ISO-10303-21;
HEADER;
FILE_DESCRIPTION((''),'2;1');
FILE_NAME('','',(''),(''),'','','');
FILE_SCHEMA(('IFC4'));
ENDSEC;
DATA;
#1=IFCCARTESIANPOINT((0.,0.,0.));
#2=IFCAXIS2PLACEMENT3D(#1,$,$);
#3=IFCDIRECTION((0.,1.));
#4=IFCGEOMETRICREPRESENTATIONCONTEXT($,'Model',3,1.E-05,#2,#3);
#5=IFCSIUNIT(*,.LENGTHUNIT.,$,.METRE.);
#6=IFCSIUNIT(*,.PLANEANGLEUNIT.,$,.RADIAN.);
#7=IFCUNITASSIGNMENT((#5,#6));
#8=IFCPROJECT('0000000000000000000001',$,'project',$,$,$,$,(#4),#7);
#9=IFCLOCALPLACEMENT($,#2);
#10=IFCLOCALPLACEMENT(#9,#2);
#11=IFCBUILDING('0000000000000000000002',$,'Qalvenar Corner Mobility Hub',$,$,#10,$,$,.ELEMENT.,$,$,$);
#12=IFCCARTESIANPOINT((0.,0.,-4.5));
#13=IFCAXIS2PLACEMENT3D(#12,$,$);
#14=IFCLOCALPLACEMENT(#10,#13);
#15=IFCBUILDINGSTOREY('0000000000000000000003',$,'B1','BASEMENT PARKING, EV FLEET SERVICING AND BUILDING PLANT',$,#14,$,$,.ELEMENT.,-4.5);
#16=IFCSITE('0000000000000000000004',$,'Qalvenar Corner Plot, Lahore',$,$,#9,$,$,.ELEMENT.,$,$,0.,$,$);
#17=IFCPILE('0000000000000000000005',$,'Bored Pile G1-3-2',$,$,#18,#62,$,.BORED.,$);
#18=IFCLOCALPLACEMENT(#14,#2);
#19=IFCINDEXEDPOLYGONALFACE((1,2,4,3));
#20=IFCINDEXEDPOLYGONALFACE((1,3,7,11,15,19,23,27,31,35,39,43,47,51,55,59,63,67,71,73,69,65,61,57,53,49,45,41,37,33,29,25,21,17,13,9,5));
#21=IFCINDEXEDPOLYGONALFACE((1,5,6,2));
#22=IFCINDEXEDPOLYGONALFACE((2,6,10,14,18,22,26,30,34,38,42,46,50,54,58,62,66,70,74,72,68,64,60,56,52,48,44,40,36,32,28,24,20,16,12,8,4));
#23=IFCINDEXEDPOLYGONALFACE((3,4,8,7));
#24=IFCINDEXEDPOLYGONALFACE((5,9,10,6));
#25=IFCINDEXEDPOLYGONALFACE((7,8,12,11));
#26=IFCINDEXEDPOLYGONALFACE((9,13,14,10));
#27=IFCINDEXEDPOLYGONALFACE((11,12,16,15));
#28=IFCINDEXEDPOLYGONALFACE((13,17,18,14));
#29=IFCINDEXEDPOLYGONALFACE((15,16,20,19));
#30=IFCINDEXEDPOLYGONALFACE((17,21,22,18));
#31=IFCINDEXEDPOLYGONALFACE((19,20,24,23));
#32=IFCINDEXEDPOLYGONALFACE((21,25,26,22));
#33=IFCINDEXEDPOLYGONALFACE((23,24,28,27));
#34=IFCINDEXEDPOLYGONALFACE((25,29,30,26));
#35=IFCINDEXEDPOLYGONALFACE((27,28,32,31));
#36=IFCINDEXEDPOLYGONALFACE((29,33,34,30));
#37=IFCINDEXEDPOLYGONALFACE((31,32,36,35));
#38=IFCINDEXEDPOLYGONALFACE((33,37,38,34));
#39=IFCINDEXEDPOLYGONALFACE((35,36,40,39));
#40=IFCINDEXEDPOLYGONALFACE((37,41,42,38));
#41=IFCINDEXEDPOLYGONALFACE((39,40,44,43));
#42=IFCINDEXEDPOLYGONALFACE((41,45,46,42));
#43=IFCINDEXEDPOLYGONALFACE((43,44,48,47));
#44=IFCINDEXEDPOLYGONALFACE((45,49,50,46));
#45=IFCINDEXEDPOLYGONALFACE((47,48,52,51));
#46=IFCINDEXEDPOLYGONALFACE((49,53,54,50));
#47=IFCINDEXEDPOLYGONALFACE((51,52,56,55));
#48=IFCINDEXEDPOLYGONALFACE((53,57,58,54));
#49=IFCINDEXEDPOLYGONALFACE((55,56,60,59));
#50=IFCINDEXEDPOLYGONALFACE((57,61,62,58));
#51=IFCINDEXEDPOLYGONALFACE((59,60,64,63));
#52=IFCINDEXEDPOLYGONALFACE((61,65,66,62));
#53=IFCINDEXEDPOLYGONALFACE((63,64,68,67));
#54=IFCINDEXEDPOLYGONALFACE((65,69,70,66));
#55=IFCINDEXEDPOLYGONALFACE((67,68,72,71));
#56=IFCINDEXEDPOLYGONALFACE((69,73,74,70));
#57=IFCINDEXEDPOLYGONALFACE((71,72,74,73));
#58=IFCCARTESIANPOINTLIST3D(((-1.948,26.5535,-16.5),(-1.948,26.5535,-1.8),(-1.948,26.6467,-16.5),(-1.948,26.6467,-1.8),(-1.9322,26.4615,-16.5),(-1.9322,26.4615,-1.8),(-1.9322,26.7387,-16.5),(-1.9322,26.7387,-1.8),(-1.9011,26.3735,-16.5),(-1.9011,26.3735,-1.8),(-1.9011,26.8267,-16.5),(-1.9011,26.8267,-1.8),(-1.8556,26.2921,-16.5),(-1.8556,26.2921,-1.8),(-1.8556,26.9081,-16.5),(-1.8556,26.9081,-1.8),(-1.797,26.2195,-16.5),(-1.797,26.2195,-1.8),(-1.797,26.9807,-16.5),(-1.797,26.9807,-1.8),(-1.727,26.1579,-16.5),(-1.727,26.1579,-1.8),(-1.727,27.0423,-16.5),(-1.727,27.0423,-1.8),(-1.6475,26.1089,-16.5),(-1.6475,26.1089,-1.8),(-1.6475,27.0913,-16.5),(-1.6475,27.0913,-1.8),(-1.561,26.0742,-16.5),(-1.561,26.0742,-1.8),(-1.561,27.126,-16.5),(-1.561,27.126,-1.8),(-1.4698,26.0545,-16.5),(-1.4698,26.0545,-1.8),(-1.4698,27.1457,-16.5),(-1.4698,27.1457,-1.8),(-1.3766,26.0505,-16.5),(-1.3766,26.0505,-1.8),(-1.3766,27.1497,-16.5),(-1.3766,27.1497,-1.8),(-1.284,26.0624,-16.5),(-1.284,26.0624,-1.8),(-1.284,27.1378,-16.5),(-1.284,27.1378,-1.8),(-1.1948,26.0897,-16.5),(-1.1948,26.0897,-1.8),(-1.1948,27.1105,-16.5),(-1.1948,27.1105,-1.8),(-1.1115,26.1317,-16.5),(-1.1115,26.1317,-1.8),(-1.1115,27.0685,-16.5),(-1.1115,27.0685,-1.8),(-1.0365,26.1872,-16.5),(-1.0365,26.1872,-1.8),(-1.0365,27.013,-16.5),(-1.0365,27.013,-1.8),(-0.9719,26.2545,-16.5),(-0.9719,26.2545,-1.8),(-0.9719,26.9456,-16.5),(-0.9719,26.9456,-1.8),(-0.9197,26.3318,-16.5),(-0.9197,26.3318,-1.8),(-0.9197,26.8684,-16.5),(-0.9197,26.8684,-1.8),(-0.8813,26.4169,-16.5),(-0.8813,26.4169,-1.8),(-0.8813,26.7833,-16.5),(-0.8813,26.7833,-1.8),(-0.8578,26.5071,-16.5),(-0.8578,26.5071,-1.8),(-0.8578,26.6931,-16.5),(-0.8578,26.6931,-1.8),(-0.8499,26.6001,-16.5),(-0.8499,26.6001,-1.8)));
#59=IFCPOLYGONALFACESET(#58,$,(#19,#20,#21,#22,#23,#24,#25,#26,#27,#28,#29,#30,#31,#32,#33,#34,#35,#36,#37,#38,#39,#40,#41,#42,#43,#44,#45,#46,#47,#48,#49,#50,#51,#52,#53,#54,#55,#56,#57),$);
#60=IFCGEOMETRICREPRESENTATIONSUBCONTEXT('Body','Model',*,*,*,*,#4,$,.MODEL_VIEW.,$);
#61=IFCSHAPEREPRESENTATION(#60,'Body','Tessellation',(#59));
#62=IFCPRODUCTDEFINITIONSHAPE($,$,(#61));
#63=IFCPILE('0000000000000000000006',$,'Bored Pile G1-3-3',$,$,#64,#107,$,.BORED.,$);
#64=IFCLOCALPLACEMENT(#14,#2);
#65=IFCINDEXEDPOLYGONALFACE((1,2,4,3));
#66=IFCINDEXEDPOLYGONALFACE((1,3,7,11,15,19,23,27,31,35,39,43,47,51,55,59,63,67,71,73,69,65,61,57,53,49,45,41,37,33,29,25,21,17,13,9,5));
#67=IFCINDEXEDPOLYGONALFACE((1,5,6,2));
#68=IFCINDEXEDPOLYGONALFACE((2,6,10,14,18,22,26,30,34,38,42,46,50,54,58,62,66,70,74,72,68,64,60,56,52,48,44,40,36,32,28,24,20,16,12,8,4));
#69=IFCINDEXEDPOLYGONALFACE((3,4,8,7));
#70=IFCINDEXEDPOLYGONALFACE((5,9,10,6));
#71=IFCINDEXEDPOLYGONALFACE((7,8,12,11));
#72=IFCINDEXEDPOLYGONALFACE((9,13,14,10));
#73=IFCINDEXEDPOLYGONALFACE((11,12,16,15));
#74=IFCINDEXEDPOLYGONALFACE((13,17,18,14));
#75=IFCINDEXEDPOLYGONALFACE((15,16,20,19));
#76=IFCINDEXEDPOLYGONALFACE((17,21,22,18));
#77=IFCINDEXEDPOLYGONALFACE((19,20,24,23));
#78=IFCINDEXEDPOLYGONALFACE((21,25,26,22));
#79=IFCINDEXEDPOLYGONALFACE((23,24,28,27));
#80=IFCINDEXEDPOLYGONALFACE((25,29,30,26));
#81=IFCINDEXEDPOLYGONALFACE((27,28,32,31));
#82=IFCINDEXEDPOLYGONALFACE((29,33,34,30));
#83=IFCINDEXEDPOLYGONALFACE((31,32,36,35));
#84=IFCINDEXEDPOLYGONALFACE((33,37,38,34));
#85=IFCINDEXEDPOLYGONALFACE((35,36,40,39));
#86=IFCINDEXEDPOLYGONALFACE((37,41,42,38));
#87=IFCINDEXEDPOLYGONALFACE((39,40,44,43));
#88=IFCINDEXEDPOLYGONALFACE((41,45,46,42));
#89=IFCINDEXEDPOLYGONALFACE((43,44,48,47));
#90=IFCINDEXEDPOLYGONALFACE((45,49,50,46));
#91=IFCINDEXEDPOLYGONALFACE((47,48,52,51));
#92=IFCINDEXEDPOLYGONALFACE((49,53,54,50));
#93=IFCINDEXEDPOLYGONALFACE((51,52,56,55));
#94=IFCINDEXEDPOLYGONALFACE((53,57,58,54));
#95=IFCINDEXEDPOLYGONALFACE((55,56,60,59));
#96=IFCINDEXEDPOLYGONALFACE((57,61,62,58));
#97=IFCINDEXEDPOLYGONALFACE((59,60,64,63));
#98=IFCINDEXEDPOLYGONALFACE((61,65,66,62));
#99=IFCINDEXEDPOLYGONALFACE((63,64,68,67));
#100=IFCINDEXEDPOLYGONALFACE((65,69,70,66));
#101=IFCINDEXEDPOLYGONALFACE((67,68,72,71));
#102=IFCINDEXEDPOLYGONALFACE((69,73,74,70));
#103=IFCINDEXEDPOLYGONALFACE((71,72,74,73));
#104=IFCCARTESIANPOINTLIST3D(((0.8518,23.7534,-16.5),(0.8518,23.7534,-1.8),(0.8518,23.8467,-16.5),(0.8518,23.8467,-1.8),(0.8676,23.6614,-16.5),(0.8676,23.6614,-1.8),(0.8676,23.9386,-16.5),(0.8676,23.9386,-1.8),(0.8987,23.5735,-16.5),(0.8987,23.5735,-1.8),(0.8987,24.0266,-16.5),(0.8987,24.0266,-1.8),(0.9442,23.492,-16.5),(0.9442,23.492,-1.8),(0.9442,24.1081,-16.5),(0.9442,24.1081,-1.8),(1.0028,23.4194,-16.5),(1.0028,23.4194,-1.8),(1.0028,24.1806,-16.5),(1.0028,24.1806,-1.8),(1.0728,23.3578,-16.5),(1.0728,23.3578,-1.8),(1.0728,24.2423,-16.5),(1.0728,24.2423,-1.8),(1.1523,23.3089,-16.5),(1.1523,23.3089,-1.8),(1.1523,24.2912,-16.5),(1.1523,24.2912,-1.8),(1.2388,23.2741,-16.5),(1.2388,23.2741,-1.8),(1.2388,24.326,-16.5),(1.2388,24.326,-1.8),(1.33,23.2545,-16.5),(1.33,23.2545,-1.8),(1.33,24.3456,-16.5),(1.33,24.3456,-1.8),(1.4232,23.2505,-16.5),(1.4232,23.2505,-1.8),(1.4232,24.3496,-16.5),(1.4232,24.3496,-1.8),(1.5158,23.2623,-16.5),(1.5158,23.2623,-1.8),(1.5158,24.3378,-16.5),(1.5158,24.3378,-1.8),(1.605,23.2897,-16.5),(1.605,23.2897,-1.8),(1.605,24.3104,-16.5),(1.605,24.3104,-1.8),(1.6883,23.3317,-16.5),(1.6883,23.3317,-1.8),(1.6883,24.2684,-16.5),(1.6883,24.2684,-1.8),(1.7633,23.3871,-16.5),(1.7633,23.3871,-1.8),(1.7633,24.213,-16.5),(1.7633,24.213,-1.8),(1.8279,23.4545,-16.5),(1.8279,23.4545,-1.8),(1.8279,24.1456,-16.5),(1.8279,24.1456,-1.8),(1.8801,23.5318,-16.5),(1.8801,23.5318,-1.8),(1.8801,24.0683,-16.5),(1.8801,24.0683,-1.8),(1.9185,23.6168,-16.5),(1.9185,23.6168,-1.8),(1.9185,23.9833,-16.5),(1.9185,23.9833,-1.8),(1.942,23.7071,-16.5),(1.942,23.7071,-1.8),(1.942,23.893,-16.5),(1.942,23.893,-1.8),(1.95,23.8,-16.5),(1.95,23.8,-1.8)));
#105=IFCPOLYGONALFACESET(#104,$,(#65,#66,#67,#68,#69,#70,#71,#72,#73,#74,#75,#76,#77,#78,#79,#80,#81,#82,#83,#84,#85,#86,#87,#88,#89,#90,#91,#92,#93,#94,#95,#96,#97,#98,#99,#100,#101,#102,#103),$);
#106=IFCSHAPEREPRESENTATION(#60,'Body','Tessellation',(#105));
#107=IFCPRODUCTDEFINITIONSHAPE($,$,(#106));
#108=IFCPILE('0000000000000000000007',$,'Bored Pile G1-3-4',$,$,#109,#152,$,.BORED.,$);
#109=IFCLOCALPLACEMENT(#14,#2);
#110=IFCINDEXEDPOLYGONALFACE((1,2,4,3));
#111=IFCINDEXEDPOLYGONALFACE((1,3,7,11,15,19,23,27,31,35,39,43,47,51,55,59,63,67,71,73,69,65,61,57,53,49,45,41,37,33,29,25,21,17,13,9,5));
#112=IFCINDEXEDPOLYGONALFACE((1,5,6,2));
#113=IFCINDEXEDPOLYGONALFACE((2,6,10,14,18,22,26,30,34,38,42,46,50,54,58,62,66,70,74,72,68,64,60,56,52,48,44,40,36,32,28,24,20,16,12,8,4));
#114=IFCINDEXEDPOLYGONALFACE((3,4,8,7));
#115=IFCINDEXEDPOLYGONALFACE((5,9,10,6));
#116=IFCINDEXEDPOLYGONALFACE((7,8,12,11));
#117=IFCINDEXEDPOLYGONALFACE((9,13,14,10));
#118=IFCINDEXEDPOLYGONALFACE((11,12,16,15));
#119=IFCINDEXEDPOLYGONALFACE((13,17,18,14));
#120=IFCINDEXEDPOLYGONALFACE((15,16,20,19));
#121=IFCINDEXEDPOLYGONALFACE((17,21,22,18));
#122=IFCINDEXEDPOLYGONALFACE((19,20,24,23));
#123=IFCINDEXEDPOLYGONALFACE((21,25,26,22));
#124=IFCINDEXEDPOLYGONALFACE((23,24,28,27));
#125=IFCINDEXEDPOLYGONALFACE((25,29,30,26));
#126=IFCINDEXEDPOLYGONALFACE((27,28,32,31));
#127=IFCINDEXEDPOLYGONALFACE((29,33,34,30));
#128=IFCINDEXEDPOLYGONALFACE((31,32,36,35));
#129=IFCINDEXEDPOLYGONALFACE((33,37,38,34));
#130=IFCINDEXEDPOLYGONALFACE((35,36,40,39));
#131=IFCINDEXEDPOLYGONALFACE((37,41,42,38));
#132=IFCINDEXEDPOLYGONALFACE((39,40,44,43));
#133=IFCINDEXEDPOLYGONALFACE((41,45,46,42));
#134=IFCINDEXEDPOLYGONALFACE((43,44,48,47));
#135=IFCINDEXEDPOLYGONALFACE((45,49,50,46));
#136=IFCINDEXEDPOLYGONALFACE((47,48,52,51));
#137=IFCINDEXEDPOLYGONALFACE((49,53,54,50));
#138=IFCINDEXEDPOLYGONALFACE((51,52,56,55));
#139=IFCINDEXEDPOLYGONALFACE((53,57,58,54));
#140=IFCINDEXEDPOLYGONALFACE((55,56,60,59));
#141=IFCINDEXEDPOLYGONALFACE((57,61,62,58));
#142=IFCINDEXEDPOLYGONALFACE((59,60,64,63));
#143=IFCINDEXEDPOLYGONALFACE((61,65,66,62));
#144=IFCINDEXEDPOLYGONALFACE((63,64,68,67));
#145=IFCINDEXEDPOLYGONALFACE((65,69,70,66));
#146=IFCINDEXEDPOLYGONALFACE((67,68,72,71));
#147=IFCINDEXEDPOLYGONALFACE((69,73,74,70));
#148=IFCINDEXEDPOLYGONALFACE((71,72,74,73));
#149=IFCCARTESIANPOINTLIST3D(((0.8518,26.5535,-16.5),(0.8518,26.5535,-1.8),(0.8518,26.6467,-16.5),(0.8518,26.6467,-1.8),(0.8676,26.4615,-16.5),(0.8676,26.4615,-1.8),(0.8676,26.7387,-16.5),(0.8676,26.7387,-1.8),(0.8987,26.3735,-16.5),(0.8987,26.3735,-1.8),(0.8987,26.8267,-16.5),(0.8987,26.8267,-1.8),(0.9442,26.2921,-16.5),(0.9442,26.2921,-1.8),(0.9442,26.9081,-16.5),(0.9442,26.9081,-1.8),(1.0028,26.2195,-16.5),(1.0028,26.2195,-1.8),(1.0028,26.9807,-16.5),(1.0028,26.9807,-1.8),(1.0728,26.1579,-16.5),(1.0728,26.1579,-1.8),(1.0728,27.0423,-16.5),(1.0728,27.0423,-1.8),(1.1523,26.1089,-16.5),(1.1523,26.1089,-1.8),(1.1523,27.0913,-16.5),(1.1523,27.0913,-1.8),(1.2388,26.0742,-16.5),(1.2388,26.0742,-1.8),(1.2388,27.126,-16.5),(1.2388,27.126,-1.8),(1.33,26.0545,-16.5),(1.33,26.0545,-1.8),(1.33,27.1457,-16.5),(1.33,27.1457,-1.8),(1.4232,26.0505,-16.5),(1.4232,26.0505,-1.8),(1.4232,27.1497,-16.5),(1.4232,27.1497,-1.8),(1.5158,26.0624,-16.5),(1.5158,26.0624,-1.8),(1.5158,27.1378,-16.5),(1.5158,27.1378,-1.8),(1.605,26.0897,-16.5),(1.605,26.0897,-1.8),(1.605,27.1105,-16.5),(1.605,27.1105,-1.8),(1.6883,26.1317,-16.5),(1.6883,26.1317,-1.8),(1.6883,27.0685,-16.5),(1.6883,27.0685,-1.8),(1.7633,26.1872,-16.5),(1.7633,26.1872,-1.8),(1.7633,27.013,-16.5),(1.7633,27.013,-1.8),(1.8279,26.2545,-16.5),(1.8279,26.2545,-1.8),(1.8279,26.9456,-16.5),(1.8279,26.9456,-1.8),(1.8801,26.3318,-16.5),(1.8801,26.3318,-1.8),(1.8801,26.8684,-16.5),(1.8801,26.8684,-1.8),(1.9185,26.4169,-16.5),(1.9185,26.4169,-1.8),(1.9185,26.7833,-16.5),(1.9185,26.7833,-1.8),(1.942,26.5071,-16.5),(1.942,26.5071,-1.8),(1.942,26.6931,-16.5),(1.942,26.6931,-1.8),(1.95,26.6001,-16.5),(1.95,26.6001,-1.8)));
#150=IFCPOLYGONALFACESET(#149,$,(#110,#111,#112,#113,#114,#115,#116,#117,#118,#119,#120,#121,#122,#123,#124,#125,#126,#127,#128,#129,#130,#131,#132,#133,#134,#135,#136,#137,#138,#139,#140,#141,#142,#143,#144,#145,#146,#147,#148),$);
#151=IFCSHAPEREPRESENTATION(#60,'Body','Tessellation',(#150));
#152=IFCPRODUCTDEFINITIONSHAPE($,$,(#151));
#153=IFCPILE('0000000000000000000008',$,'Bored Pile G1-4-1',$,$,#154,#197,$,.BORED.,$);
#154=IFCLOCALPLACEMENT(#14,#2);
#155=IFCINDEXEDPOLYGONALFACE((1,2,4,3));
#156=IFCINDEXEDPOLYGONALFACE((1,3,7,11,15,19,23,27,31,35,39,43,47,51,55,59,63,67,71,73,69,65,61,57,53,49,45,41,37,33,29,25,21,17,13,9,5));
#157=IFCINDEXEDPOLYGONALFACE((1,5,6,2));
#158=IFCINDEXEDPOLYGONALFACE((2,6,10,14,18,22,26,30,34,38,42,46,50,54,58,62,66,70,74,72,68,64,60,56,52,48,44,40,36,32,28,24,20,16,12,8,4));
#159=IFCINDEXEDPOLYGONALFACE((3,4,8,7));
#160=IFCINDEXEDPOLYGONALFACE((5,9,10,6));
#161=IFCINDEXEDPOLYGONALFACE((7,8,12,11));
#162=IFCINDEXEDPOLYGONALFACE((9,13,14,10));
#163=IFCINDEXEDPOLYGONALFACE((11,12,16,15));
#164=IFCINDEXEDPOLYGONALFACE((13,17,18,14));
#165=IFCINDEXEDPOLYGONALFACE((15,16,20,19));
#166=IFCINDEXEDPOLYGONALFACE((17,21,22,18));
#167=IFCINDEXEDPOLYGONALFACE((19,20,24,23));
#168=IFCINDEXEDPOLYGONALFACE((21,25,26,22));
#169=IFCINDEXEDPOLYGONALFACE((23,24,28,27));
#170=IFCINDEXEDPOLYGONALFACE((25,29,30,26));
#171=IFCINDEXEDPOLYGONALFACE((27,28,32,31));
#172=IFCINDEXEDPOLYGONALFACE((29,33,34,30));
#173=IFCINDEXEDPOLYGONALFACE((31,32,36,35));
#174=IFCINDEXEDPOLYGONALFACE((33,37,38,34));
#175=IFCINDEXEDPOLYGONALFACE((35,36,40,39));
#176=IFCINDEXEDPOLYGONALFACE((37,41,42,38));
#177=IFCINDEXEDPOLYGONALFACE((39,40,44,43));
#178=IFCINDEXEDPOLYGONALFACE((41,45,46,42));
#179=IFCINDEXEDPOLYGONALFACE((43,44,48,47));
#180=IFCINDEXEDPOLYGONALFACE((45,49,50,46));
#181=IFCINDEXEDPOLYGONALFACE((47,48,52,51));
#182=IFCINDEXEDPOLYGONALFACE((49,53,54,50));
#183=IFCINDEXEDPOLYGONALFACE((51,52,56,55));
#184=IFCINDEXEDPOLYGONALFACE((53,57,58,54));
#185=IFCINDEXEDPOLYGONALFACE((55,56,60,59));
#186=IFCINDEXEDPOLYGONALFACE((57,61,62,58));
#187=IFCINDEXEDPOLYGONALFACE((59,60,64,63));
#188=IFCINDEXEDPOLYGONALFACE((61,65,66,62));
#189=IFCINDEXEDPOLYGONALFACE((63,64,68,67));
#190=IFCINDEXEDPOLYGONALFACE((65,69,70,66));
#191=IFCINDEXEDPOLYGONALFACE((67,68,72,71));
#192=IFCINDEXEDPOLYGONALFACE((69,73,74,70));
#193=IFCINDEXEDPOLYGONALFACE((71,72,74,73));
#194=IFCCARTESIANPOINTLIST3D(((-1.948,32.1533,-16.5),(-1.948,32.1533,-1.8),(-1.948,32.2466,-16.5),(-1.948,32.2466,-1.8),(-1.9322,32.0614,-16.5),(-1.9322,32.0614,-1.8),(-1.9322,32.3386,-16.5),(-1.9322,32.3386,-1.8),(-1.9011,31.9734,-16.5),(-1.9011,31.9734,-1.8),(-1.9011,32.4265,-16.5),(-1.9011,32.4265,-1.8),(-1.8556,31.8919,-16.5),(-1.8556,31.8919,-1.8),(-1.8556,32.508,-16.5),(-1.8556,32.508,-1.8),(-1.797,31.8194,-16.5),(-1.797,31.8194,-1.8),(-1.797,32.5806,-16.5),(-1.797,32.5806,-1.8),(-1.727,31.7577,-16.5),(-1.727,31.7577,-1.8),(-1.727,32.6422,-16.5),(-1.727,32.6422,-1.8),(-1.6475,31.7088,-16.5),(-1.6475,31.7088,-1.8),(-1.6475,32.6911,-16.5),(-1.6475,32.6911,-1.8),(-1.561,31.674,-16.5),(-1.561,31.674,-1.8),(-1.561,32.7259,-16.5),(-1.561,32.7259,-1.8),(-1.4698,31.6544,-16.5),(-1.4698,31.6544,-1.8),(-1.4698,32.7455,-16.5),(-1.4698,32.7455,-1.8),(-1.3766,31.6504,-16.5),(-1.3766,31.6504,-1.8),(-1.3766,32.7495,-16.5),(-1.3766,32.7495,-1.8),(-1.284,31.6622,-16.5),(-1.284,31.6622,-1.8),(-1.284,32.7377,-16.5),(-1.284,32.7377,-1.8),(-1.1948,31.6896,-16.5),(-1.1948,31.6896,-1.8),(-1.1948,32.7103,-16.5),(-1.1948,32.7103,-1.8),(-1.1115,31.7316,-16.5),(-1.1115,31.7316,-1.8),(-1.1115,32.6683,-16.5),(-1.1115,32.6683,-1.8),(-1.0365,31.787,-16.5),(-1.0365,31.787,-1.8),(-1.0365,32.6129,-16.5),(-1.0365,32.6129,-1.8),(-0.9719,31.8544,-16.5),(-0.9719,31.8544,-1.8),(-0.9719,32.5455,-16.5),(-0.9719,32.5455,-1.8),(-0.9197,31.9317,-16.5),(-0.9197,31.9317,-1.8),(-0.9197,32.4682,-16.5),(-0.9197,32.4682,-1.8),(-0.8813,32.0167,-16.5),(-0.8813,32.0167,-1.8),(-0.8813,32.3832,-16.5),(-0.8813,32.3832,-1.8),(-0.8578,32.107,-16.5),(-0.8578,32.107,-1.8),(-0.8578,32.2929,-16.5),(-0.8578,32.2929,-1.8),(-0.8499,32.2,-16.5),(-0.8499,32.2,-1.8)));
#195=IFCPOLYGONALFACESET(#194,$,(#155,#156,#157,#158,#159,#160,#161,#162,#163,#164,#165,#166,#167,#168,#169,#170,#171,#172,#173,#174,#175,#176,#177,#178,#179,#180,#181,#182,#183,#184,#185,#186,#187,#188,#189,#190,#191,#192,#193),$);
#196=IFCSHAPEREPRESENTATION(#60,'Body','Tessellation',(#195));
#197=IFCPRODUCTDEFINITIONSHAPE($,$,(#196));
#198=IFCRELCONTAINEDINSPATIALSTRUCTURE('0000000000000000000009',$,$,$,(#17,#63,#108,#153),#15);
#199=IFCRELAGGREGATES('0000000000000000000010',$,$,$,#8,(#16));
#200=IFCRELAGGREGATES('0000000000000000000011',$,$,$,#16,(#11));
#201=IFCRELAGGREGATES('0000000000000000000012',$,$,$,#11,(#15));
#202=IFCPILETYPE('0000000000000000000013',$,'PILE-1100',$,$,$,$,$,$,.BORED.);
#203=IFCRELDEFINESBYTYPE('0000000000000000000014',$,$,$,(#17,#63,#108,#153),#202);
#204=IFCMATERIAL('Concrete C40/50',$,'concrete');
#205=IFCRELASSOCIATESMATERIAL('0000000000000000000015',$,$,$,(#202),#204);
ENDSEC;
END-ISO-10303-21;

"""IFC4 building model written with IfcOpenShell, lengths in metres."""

from ifc_helpers import new_model, si_unit, direction, frame, origin, origin_2d, place, context, subcontext, project, spatial, circle, extrude, material, material_profile, profile_set, type_object, element, save


model = new_model("IFC4")

# Units and contexts
model_context = context("Model", 3, precision=1e-05, world=origin(), true_north=direction((0.0, 1.0)))
body_context = subcontext(model_context, "Body", "Model", "MODEL_VIEW")
ifc_project = project(units=[si_unit("LENGTHUNIT", "METRE"), si_unit("PLANEANGLEUNIT", "RADIAN")], contexts=[model_context])

# Site, building, storey
site_placement = place(None, origin())
site = spatial("IfcSite", under=ifc_project, at=site_placement, Name="Qalvenar Corner Plot, Lahore", CompositionType="ELEMENT", RefElevation=0.0)
building_placement = place(site_placement, origin())
building = spatial("IfcBuilding", under=site, at=building_placement, Name="Qalvenar Corner Mobility Hub", CompositionType="ELEMENT")
storey_placement = place(building_placement, frame((0.0, 0.0, -4.5)))
storey = spatial("IfcBuildingStorey", under=building, at=storey_placement, Name="B1", Description="BASEMENT PARKING, EV FLEET SERVICING AND BUILDING PLANT", CompositionType="ELEMENT", Elevation=-4.5)

# Shared definitions
ifc_material_1 = material(Name="Concrete C40/50", Category="concrete")

# Piles
ifc_material_profile_1 = material_profile(ifc_material_1, circle(Radius=0.55, at=origin_2d()), Name="DIA1100")
ifc_profile_set_1 = profile_set([ifc_material_profile_1], Name="Concrete C40/50")
pile_type = type_object("IfcPileType", Name="PILE-1100", PredefinedType="BORED", material=ifc_profile_set_1)
for number, where, z_axis, x_axis, name in (
    (1, (-1.3999, 26.6001, -1.8), (0.0, 0.0, -1.0), (1.0, 0.0, 0.0), "Bored Pile G1-3-2"),
    (2, (1.3999, 23.8, -1.8), (0.0, 0.0, -1.0), (1.0, 0.0, 0.0), "Bored Pile G1-3-3"),
    (3, (1.3999, 26.6001, -1.8), (0.0, 0.0, -1.0), (1.0, 0.0, 0.0), "Bored Pile G1-3-4"),
    (4, (-1.3999, 32.2, -1.8), (0.0, 0.0, -1.0), (1.0, 0.0, 0.0), "Bored Pile G1-4-1"),
):
    element("IfcPile", number, at=place(storey_placement, frame(where, z_axis=z_axis, x_axis=x_axis)), inside=storey, type_object=pile_type, Name=name, PredefinedType="BORED", context=body_context, shape_type="SweptSolid", body=[
        extrude(circle(Radius=0.55, at=origin_2d()), origin(), (0.0, 0.0, 1.0), 14.7),
    ])

save(model, "model.ifc")
